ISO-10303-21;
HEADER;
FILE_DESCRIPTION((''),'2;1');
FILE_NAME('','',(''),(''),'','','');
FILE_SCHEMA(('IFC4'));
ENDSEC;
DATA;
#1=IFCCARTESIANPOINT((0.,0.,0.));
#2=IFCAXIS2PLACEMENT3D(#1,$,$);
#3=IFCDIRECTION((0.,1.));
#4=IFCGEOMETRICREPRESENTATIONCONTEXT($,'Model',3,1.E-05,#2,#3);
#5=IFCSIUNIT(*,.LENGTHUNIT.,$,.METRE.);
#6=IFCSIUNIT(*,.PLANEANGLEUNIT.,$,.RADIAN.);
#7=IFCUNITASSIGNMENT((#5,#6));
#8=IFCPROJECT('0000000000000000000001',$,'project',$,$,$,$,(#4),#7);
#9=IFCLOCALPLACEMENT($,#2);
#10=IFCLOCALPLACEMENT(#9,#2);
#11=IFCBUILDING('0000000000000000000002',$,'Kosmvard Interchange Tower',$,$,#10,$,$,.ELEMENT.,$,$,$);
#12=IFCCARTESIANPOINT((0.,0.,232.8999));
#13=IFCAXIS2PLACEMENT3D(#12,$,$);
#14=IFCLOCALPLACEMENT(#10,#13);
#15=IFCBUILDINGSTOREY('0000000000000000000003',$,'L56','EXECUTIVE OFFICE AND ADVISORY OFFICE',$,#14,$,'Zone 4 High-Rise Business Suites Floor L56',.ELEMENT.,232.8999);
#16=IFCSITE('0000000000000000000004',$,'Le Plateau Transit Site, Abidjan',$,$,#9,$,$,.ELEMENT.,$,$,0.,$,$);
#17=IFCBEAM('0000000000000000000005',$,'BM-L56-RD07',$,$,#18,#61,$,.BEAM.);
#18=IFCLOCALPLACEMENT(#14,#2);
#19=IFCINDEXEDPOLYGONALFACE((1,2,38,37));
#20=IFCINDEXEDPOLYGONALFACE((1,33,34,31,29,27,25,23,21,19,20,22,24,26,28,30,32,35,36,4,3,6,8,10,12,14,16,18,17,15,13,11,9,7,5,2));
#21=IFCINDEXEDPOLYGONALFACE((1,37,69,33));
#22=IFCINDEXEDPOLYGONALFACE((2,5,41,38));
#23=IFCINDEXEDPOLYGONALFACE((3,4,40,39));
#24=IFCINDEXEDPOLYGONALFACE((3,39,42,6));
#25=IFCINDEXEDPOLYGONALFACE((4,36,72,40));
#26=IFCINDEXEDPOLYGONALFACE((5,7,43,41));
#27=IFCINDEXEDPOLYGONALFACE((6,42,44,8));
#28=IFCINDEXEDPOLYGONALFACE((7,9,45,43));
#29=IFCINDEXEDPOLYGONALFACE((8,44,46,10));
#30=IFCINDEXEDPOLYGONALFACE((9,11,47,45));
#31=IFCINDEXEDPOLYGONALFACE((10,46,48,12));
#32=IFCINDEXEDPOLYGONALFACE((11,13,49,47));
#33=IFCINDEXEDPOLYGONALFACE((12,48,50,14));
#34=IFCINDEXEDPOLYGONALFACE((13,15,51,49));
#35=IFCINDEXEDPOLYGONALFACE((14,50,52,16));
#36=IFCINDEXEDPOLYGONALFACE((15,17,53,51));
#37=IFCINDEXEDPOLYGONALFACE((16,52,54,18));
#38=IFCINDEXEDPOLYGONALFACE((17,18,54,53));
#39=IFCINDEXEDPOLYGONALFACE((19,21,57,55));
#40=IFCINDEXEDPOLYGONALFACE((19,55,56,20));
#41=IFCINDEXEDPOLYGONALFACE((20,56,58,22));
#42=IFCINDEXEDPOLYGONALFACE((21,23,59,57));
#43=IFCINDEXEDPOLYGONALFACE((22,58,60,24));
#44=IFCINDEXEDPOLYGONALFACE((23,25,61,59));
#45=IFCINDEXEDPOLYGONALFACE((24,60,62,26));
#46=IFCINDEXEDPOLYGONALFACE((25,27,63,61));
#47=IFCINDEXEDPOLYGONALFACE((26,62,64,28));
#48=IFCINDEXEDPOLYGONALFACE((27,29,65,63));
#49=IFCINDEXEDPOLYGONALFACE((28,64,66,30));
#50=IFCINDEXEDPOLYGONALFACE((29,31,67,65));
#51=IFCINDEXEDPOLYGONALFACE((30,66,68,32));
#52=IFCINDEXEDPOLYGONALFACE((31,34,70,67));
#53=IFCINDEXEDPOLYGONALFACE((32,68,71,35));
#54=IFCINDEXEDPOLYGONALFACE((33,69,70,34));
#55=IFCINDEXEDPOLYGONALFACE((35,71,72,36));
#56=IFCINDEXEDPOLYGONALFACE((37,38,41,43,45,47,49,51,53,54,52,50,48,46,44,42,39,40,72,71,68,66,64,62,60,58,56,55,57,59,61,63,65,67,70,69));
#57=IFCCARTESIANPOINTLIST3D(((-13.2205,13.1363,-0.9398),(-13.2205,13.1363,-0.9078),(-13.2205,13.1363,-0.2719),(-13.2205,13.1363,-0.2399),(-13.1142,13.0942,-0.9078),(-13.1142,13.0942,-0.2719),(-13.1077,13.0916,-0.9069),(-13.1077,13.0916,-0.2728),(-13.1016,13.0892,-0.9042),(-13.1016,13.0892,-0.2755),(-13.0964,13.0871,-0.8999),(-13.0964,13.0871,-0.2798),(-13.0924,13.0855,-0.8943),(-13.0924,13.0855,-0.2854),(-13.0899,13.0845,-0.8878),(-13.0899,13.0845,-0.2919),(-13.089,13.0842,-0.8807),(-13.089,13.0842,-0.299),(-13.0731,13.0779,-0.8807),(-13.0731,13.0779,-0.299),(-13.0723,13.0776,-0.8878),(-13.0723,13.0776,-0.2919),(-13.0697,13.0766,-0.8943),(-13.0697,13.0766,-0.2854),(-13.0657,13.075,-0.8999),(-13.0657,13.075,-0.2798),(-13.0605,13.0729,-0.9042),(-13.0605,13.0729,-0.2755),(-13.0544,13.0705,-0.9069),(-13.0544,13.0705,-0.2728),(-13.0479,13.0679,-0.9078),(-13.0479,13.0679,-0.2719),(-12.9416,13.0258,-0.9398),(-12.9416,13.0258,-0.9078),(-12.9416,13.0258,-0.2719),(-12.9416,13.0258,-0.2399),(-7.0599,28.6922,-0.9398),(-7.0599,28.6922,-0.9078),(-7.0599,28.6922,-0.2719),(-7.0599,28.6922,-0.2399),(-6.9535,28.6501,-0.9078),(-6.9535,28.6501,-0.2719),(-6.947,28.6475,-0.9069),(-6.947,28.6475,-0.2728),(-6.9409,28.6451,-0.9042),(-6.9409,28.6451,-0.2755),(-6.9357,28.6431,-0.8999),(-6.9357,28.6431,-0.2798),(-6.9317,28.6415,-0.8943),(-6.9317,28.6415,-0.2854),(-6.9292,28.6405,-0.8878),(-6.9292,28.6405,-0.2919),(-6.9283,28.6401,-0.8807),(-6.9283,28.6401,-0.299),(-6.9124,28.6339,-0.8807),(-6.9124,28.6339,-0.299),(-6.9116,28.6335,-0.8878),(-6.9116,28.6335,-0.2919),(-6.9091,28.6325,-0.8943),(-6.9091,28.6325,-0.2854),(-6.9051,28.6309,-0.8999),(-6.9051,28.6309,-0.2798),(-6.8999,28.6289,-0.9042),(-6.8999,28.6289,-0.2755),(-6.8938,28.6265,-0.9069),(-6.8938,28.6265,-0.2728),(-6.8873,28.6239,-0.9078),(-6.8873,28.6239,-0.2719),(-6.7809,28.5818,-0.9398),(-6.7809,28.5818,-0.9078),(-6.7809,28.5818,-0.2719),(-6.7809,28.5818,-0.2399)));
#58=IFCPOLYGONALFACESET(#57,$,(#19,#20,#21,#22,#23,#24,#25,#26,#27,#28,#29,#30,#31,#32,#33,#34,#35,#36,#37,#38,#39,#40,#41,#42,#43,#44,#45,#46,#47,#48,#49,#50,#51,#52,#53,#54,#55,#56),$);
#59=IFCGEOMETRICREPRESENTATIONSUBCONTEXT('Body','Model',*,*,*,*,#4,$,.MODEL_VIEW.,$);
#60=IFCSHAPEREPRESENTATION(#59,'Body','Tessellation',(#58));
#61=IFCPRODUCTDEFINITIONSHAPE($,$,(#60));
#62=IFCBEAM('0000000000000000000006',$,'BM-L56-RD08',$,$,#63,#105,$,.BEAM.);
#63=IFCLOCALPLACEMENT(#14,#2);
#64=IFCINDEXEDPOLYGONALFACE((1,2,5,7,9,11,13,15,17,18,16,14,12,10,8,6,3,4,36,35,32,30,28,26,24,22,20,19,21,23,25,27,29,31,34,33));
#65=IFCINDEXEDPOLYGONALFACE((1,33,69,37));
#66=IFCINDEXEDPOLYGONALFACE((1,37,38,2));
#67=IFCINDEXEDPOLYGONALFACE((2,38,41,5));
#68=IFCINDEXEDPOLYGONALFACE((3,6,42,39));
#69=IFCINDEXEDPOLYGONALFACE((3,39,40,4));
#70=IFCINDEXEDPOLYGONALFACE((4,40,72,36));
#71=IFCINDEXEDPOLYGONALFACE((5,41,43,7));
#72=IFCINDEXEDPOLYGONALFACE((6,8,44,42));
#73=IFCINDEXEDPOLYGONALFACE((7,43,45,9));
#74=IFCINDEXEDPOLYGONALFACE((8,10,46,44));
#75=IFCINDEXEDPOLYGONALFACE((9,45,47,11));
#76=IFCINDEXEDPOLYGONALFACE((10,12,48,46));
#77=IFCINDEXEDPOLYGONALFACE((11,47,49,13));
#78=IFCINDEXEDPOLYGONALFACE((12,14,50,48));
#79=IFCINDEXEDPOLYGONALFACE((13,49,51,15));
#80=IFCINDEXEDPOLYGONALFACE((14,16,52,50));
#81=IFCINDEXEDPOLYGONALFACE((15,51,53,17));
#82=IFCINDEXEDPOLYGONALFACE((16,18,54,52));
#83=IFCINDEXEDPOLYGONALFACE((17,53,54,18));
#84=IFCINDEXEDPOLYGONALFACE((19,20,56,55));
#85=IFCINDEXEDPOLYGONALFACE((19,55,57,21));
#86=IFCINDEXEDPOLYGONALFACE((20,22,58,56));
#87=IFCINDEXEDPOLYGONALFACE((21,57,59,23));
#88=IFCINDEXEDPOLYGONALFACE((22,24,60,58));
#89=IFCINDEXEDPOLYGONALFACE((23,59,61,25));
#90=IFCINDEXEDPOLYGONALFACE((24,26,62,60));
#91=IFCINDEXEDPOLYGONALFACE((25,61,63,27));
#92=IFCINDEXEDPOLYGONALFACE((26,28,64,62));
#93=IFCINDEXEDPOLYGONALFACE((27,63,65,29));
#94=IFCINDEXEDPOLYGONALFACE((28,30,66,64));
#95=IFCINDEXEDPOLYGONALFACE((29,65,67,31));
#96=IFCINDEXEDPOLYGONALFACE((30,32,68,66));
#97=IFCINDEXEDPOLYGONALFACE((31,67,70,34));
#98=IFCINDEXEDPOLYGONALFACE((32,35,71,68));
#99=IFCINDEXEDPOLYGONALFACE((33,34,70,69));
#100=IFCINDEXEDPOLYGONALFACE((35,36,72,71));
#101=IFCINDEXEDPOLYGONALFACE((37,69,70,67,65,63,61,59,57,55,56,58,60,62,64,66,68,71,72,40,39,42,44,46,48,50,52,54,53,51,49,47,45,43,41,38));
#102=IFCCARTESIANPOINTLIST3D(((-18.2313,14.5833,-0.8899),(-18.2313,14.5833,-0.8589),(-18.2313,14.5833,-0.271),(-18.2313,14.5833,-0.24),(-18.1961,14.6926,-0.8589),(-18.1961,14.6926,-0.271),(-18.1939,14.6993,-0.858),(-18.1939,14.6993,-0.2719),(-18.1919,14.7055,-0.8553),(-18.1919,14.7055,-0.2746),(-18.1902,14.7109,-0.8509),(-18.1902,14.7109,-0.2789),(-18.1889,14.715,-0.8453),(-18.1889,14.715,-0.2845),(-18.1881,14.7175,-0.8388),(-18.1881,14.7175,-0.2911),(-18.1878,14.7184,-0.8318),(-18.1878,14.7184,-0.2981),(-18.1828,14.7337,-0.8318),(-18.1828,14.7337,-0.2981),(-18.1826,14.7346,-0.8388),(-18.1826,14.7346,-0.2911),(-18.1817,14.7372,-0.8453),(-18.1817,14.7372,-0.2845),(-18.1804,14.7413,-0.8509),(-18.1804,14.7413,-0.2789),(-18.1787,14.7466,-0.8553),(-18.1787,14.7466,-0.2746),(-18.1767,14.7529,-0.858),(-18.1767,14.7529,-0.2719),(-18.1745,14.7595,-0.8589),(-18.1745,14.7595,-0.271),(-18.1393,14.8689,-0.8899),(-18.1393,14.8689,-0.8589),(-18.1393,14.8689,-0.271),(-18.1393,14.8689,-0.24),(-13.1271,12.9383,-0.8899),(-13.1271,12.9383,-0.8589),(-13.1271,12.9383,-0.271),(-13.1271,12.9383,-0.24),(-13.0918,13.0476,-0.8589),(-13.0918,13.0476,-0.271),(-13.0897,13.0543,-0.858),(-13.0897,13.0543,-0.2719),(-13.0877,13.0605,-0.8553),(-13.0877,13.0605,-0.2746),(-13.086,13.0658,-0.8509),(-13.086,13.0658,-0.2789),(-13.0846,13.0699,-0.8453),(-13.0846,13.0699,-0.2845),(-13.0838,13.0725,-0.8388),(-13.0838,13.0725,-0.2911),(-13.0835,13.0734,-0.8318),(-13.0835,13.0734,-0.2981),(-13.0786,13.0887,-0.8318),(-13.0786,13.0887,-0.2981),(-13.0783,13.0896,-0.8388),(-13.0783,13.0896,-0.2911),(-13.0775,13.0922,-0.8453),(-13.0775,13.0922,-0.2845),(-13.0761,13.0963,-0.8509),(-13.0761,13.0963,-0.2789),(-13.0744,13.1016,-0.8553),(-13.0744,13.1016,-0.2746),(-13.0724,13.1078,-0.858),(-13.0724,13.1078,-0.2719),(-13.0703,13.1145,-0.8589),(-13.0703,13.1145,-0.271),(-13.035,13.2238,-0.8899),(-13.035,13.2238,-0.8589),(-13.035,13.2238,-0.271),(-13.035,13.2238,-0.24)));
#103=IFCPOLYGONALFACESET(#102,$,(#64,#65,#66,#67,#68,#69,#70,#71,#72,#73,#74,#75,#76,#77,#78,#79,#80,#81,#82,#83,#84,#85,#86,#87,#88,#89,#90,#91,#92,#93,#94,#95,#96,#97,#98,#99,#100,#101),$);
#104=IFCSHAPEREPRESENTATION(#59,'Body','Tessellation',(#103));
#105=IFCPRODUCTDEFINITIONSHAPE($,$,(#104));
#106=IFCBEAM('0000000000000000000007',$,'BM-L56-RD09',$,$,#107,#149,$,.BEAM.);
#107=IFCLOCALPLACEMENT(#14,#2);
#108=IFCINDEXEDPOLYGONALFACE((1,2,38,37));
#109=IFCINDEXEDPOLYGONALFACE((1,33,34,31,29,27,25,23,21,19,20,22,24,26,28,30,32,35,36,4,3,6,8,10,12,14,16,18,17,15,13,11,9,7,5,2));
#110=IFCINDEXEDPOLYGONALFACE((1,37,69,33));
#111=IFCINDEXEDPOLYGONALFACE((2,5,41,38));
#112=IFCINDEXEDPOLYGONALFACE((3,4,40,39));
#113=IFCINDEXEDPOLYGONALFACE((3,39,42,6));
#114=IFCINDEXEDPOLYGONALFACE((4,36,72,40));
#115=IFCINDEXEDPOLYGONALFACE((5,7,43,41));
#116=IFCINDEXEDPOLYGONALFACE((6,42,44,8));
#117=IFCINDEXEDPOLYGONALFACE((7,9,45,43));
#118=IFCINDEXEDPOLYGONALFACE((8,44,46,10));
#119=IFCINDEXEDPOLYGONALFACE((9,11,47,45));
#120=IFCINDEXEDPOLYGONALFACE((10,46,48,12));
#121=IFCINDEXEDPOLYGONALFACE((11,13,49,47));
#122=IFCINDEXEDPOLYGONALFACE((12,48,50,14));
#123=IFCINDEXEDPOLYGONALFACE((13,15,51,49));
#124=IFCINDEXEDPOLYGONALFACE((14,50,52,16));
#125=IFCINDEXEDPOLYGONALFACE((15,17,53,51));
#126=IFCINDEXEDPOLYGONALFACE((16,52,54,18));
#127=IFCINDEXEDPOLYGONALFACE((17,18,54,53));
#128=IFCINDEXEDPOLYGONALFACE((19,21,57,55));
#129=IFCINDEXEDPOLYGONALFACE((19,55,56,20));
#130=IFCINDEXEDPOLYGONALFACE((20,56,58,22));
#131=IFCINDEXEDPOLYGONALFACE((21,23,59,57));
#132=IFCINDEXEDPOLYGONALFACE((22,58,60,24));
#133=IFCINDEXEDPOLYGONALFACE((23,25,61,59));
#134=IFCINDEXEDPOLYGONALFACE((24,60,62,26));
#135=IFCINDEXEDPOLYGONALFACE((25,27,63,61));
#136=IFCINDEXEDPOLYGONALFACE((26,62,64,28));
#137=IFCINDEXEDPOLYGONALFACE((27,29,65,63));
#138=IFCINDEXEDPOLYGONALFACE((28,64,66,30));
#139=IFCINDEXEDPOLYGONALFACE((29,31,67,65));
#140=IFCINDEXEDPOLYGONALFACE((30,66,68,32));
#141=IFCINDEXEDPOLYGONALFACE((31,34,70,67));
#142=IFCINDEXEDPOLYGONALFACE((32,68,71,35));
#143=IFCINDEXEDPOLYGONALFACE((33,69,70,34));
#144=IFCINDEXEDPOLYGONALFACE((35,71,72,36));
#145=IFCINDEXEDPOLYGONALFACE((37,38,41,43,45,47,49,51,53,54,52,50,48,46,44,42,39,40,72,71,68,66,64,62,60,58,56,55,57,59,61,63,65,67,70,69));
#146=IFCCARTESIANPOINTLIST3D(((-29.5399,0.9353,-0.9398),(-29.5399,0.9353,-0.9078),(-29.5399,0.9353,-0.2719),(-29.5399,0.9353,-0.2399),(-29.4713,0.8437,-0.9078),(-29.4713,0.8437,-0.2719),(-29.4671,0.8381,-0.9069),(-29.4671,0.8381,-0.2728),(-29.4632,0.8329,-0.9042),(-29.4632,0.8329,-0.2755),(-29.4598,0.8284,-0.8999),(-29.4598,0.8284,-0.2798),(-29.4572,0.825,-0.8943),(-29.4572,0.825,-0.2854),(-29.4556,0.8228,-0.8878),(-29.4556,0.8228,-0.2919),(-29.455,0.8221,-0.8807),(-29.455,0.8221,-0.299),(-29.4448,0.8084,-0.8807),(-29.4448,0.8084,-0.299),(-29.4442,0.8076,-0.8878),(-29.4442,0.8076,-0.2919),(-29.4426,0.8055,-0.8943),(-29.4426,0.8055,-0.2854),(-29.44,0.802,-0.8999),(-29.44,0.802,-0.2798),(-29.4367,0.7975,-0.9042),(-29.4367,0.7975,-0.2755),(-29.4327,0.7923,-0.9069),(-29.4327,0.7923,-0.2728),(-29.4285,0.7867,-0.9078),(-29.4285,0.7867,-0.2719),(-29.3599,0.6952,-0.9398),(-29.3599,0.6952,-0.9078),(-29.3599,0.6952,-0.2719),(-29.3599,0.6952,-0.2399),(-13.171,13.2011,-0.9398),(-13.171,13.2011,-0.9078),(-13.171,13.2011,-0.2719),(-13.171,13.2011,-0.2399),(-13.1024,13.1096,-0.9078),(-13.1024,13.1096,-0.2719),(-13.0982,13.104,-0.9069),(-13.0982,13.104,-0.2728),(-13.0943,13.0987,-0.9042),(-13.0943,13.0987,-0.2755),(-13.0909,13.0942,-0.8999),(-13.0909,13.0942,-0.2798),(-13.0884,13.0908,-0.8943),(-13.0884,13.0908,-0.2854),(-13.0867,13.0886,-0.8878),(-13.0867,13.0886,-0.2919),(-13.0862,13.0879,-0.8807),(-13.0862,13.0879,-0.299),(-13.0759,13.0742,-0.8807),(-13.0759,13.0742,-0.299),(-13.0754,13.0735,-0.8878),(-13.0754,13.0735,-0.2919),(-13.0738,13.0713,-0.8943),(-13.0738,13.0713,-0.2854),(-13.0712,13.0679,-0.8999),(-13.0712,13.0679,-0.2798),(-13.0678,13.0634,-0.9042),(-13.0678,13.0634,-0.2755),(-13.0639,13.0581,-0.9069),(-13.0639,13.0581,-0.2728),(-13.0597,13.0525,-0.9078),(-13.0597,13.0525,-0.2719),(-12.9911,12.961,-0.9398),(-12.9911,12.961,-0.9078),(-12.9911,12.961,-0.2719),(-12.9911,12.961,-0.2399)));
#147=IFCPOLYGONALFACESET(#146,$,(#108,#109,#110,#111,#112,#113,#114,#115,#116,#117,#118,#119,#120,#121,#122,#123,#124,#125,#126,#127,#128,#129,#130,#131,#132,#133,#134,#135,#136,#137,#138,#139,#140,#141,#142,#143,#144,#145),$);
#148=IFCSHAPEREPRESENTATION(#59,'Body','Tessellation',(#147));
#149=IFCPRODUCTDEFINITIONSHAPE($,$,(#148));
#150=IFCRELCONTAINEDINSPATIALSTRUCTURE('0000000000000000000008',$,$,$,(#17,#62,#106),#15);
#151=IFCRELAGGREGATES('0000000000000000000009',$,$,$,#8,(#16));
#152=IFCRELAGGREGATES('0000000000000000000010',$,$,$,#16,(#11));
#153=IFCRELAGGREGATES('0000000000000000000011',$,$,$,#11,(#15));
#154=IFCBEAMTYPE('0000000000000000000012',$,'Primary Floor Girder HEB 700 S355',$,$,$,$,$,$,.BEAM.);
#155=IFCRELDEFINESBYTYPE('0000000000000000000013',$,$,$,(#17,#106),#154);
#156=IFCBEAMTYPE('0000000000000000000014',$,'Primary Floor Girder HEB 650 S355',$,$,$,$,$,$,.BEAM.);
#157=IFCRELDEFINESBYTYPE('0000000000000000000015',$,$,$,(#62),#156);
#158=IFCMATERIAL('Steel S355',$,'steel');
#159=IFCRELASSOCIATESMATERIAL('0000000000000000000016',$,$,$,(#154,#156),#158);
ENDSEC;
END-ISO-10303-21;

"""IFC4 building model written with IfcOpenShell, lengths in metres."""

from ifc_helpers import new_model, si_unit, direction, frame, origin, origin_2d, place, context, subcontext, project, spatial, i_section, extrude, source, transform, mapped, material, material_profile, profile_set, type_object, element, save


model = new_model("IFC4")

# Units and contexts
model_context = context("Model", 3, precision=1e-05, world=origin(), true_north=direction((0.0, 1.0)))
body_context = subcontext(model_context, "Body", "Model", "MODEL_VIEW")
ifc_project = project(units=[si_unit("LENGTHUNIT", "METRE"), si_unit("PLANEANGLEUNIT", "RADIAN")], contexts=[model_context])

# Site, building, storey
site_placement = place(None, origin())
site = spatial("IfcSite", under=ifc_project, at=site_placement, Name="Le Plateau Transit Site, Abidjan", CompositionType="ELEMENT", RefElevation=0.0)
building_placement = place(site_placement, origin())
building = spatial("IfcBuilding", under=site, at=building_placement, Name="Kosmvard Interchange Tower", CompositionType="ELEMENT")
storey_placement = place(building_placement, frame((0.0, 0.0, 232.8999)))
storey = spatial("IfcBuildingStorey", under=building, at=storey_placement, Name="L56", Description="EXECUTIVE OFFICE AND ADVISORY OFFICE", LongName="Zone 4 High-Rise Business Suites Floor L56", CompositionType="ELEMENT", Elevation=232.8999)

# Beams
ifc_material_1 = material(Name="Steel S355", Category="steel")
ifc_material_profile_1 = material_profile(ifc_material_1, i_section(OverallWidth=0.3, OverallDepth=0.7, WebThickness=0.0171, FlangeThickness=0.032, FilletRadius=0.0271, at=origin_2d()), Name="HEB 700")
ifc_profile_set_1 = profile_set([ifc_material_profile_1], Name="Steel S355")
beam_type_1 = type_object("IfcBeamType", Name="Primary Floor Girder HEB 700 S355", PredefinedType="BEAM", material=ifc_profile_set_1)
shared_shape_1 = source(origin(), body_context, "Body", "SweptSolid", [
    extrude(i_section(OverallWidth=0.3, OverallDepth=0.7, WebThickness=0.0171, FlangeThickness=0.032, FilletRadius=0.0271, at=origin_2d()), origin(), (0.0, 0.0, 1.0), 16.7314),
])
beam_1_placement = place(storey_placement, frame((-13.0811, 13.0811, -0.5898), z_axis=(0.368209, 0.929743, 0.0), x_axis=(-0.929743, 0.368209, 0.0)))
element("IfcBeam", 1, at=beam_1_placement, inside=storey, type_object=beam_type_1, Name="BM-L56-RD07", PredefinedType="BEAM", context=body_context, shape_type="MappedRepresentation", body=[
    mapped(shared_shape_1, transform((0.0, 0.0, 0.0), scale=1.0)),
])
ifc_material_profile_2 = material_profile(ifc_material_1, i_section(OverallWidth=0.3, OverallDepth=0.6499, WebThickness=0.0161, FlangeThickness=0.031, FilletRadius=0.0271, at=origin_2d()), Name="HEB 650")
ifc_profile_set_2 = profile_set([ifc_material_profile_2], Name="Steel S355")
beam_type_2 = type_object("IfcBeamType", Name="Primary Floor Girder HEB 650 S355", PredefinedType="BEAM", material=ifc_profile_set_2)
shared_shape_2 = source(origin(), body_context, "Body", "SweptSolid", [
    extrude(i_section(OverallWidth=0.3, OverallDepth=0.6499, WebThickness=0.0161, FlangeThickness=0.031, FilletRadius=0.0271, at=origin_2d()), origin(), (0.0, 0.0, 1.0), 5.3628),
])
beam_2_placement = place(storey_placement, frame((-13.0811, 13.0811, -0.5649), z_axis=(-0.951791, 0.306747, 0.0), x_axis=(-0.306747, -0.951791, 0.0)))
element("IfcBeam", 2, at=beam_2_placement, inside=storey, type_object=beam_type_2, Name="BM-L56-RD08", PredefinedType="BEAM", context=body_context, shape_type="MappedRepresentation", body=[
    mapped(shared_shape_2, transform((0.0, 0.0, 0.0), scale=1.0)),
])
shared_shape_3 = source(origin(), body_context, "Body", "SweptSolid", [
    extrude(i_section(OverallWidth=0.3, OverallDepth=0.7, WebThickness=0.0171, FlangeThickness=0.032, FilletRadius=0.0271, at=origin_2d()), origin(), (0.0, 0.0, 1.0), 20.4546),
])
beam_3_placement = place(storey_placement, frame((-13.0811, 13.0811, -0.5898), z_axis=(-0.800253, -0.599662, 0.0), x_axis=(0.599662, -0.800253, 0.0)))
element("IfcBeam", 3, at=beam_3_placement, inside=storey, type_object=beam_type_1, Name="BM-L56-RD09", PredefinedType="BEAM", context=body_context, shape_type="MappedRepresentation", body=[
    mapped(shared_shape_3, transform((0.0, 0.0, 0.0), scale=1.0)),
])

save(model, "model.ifc")
